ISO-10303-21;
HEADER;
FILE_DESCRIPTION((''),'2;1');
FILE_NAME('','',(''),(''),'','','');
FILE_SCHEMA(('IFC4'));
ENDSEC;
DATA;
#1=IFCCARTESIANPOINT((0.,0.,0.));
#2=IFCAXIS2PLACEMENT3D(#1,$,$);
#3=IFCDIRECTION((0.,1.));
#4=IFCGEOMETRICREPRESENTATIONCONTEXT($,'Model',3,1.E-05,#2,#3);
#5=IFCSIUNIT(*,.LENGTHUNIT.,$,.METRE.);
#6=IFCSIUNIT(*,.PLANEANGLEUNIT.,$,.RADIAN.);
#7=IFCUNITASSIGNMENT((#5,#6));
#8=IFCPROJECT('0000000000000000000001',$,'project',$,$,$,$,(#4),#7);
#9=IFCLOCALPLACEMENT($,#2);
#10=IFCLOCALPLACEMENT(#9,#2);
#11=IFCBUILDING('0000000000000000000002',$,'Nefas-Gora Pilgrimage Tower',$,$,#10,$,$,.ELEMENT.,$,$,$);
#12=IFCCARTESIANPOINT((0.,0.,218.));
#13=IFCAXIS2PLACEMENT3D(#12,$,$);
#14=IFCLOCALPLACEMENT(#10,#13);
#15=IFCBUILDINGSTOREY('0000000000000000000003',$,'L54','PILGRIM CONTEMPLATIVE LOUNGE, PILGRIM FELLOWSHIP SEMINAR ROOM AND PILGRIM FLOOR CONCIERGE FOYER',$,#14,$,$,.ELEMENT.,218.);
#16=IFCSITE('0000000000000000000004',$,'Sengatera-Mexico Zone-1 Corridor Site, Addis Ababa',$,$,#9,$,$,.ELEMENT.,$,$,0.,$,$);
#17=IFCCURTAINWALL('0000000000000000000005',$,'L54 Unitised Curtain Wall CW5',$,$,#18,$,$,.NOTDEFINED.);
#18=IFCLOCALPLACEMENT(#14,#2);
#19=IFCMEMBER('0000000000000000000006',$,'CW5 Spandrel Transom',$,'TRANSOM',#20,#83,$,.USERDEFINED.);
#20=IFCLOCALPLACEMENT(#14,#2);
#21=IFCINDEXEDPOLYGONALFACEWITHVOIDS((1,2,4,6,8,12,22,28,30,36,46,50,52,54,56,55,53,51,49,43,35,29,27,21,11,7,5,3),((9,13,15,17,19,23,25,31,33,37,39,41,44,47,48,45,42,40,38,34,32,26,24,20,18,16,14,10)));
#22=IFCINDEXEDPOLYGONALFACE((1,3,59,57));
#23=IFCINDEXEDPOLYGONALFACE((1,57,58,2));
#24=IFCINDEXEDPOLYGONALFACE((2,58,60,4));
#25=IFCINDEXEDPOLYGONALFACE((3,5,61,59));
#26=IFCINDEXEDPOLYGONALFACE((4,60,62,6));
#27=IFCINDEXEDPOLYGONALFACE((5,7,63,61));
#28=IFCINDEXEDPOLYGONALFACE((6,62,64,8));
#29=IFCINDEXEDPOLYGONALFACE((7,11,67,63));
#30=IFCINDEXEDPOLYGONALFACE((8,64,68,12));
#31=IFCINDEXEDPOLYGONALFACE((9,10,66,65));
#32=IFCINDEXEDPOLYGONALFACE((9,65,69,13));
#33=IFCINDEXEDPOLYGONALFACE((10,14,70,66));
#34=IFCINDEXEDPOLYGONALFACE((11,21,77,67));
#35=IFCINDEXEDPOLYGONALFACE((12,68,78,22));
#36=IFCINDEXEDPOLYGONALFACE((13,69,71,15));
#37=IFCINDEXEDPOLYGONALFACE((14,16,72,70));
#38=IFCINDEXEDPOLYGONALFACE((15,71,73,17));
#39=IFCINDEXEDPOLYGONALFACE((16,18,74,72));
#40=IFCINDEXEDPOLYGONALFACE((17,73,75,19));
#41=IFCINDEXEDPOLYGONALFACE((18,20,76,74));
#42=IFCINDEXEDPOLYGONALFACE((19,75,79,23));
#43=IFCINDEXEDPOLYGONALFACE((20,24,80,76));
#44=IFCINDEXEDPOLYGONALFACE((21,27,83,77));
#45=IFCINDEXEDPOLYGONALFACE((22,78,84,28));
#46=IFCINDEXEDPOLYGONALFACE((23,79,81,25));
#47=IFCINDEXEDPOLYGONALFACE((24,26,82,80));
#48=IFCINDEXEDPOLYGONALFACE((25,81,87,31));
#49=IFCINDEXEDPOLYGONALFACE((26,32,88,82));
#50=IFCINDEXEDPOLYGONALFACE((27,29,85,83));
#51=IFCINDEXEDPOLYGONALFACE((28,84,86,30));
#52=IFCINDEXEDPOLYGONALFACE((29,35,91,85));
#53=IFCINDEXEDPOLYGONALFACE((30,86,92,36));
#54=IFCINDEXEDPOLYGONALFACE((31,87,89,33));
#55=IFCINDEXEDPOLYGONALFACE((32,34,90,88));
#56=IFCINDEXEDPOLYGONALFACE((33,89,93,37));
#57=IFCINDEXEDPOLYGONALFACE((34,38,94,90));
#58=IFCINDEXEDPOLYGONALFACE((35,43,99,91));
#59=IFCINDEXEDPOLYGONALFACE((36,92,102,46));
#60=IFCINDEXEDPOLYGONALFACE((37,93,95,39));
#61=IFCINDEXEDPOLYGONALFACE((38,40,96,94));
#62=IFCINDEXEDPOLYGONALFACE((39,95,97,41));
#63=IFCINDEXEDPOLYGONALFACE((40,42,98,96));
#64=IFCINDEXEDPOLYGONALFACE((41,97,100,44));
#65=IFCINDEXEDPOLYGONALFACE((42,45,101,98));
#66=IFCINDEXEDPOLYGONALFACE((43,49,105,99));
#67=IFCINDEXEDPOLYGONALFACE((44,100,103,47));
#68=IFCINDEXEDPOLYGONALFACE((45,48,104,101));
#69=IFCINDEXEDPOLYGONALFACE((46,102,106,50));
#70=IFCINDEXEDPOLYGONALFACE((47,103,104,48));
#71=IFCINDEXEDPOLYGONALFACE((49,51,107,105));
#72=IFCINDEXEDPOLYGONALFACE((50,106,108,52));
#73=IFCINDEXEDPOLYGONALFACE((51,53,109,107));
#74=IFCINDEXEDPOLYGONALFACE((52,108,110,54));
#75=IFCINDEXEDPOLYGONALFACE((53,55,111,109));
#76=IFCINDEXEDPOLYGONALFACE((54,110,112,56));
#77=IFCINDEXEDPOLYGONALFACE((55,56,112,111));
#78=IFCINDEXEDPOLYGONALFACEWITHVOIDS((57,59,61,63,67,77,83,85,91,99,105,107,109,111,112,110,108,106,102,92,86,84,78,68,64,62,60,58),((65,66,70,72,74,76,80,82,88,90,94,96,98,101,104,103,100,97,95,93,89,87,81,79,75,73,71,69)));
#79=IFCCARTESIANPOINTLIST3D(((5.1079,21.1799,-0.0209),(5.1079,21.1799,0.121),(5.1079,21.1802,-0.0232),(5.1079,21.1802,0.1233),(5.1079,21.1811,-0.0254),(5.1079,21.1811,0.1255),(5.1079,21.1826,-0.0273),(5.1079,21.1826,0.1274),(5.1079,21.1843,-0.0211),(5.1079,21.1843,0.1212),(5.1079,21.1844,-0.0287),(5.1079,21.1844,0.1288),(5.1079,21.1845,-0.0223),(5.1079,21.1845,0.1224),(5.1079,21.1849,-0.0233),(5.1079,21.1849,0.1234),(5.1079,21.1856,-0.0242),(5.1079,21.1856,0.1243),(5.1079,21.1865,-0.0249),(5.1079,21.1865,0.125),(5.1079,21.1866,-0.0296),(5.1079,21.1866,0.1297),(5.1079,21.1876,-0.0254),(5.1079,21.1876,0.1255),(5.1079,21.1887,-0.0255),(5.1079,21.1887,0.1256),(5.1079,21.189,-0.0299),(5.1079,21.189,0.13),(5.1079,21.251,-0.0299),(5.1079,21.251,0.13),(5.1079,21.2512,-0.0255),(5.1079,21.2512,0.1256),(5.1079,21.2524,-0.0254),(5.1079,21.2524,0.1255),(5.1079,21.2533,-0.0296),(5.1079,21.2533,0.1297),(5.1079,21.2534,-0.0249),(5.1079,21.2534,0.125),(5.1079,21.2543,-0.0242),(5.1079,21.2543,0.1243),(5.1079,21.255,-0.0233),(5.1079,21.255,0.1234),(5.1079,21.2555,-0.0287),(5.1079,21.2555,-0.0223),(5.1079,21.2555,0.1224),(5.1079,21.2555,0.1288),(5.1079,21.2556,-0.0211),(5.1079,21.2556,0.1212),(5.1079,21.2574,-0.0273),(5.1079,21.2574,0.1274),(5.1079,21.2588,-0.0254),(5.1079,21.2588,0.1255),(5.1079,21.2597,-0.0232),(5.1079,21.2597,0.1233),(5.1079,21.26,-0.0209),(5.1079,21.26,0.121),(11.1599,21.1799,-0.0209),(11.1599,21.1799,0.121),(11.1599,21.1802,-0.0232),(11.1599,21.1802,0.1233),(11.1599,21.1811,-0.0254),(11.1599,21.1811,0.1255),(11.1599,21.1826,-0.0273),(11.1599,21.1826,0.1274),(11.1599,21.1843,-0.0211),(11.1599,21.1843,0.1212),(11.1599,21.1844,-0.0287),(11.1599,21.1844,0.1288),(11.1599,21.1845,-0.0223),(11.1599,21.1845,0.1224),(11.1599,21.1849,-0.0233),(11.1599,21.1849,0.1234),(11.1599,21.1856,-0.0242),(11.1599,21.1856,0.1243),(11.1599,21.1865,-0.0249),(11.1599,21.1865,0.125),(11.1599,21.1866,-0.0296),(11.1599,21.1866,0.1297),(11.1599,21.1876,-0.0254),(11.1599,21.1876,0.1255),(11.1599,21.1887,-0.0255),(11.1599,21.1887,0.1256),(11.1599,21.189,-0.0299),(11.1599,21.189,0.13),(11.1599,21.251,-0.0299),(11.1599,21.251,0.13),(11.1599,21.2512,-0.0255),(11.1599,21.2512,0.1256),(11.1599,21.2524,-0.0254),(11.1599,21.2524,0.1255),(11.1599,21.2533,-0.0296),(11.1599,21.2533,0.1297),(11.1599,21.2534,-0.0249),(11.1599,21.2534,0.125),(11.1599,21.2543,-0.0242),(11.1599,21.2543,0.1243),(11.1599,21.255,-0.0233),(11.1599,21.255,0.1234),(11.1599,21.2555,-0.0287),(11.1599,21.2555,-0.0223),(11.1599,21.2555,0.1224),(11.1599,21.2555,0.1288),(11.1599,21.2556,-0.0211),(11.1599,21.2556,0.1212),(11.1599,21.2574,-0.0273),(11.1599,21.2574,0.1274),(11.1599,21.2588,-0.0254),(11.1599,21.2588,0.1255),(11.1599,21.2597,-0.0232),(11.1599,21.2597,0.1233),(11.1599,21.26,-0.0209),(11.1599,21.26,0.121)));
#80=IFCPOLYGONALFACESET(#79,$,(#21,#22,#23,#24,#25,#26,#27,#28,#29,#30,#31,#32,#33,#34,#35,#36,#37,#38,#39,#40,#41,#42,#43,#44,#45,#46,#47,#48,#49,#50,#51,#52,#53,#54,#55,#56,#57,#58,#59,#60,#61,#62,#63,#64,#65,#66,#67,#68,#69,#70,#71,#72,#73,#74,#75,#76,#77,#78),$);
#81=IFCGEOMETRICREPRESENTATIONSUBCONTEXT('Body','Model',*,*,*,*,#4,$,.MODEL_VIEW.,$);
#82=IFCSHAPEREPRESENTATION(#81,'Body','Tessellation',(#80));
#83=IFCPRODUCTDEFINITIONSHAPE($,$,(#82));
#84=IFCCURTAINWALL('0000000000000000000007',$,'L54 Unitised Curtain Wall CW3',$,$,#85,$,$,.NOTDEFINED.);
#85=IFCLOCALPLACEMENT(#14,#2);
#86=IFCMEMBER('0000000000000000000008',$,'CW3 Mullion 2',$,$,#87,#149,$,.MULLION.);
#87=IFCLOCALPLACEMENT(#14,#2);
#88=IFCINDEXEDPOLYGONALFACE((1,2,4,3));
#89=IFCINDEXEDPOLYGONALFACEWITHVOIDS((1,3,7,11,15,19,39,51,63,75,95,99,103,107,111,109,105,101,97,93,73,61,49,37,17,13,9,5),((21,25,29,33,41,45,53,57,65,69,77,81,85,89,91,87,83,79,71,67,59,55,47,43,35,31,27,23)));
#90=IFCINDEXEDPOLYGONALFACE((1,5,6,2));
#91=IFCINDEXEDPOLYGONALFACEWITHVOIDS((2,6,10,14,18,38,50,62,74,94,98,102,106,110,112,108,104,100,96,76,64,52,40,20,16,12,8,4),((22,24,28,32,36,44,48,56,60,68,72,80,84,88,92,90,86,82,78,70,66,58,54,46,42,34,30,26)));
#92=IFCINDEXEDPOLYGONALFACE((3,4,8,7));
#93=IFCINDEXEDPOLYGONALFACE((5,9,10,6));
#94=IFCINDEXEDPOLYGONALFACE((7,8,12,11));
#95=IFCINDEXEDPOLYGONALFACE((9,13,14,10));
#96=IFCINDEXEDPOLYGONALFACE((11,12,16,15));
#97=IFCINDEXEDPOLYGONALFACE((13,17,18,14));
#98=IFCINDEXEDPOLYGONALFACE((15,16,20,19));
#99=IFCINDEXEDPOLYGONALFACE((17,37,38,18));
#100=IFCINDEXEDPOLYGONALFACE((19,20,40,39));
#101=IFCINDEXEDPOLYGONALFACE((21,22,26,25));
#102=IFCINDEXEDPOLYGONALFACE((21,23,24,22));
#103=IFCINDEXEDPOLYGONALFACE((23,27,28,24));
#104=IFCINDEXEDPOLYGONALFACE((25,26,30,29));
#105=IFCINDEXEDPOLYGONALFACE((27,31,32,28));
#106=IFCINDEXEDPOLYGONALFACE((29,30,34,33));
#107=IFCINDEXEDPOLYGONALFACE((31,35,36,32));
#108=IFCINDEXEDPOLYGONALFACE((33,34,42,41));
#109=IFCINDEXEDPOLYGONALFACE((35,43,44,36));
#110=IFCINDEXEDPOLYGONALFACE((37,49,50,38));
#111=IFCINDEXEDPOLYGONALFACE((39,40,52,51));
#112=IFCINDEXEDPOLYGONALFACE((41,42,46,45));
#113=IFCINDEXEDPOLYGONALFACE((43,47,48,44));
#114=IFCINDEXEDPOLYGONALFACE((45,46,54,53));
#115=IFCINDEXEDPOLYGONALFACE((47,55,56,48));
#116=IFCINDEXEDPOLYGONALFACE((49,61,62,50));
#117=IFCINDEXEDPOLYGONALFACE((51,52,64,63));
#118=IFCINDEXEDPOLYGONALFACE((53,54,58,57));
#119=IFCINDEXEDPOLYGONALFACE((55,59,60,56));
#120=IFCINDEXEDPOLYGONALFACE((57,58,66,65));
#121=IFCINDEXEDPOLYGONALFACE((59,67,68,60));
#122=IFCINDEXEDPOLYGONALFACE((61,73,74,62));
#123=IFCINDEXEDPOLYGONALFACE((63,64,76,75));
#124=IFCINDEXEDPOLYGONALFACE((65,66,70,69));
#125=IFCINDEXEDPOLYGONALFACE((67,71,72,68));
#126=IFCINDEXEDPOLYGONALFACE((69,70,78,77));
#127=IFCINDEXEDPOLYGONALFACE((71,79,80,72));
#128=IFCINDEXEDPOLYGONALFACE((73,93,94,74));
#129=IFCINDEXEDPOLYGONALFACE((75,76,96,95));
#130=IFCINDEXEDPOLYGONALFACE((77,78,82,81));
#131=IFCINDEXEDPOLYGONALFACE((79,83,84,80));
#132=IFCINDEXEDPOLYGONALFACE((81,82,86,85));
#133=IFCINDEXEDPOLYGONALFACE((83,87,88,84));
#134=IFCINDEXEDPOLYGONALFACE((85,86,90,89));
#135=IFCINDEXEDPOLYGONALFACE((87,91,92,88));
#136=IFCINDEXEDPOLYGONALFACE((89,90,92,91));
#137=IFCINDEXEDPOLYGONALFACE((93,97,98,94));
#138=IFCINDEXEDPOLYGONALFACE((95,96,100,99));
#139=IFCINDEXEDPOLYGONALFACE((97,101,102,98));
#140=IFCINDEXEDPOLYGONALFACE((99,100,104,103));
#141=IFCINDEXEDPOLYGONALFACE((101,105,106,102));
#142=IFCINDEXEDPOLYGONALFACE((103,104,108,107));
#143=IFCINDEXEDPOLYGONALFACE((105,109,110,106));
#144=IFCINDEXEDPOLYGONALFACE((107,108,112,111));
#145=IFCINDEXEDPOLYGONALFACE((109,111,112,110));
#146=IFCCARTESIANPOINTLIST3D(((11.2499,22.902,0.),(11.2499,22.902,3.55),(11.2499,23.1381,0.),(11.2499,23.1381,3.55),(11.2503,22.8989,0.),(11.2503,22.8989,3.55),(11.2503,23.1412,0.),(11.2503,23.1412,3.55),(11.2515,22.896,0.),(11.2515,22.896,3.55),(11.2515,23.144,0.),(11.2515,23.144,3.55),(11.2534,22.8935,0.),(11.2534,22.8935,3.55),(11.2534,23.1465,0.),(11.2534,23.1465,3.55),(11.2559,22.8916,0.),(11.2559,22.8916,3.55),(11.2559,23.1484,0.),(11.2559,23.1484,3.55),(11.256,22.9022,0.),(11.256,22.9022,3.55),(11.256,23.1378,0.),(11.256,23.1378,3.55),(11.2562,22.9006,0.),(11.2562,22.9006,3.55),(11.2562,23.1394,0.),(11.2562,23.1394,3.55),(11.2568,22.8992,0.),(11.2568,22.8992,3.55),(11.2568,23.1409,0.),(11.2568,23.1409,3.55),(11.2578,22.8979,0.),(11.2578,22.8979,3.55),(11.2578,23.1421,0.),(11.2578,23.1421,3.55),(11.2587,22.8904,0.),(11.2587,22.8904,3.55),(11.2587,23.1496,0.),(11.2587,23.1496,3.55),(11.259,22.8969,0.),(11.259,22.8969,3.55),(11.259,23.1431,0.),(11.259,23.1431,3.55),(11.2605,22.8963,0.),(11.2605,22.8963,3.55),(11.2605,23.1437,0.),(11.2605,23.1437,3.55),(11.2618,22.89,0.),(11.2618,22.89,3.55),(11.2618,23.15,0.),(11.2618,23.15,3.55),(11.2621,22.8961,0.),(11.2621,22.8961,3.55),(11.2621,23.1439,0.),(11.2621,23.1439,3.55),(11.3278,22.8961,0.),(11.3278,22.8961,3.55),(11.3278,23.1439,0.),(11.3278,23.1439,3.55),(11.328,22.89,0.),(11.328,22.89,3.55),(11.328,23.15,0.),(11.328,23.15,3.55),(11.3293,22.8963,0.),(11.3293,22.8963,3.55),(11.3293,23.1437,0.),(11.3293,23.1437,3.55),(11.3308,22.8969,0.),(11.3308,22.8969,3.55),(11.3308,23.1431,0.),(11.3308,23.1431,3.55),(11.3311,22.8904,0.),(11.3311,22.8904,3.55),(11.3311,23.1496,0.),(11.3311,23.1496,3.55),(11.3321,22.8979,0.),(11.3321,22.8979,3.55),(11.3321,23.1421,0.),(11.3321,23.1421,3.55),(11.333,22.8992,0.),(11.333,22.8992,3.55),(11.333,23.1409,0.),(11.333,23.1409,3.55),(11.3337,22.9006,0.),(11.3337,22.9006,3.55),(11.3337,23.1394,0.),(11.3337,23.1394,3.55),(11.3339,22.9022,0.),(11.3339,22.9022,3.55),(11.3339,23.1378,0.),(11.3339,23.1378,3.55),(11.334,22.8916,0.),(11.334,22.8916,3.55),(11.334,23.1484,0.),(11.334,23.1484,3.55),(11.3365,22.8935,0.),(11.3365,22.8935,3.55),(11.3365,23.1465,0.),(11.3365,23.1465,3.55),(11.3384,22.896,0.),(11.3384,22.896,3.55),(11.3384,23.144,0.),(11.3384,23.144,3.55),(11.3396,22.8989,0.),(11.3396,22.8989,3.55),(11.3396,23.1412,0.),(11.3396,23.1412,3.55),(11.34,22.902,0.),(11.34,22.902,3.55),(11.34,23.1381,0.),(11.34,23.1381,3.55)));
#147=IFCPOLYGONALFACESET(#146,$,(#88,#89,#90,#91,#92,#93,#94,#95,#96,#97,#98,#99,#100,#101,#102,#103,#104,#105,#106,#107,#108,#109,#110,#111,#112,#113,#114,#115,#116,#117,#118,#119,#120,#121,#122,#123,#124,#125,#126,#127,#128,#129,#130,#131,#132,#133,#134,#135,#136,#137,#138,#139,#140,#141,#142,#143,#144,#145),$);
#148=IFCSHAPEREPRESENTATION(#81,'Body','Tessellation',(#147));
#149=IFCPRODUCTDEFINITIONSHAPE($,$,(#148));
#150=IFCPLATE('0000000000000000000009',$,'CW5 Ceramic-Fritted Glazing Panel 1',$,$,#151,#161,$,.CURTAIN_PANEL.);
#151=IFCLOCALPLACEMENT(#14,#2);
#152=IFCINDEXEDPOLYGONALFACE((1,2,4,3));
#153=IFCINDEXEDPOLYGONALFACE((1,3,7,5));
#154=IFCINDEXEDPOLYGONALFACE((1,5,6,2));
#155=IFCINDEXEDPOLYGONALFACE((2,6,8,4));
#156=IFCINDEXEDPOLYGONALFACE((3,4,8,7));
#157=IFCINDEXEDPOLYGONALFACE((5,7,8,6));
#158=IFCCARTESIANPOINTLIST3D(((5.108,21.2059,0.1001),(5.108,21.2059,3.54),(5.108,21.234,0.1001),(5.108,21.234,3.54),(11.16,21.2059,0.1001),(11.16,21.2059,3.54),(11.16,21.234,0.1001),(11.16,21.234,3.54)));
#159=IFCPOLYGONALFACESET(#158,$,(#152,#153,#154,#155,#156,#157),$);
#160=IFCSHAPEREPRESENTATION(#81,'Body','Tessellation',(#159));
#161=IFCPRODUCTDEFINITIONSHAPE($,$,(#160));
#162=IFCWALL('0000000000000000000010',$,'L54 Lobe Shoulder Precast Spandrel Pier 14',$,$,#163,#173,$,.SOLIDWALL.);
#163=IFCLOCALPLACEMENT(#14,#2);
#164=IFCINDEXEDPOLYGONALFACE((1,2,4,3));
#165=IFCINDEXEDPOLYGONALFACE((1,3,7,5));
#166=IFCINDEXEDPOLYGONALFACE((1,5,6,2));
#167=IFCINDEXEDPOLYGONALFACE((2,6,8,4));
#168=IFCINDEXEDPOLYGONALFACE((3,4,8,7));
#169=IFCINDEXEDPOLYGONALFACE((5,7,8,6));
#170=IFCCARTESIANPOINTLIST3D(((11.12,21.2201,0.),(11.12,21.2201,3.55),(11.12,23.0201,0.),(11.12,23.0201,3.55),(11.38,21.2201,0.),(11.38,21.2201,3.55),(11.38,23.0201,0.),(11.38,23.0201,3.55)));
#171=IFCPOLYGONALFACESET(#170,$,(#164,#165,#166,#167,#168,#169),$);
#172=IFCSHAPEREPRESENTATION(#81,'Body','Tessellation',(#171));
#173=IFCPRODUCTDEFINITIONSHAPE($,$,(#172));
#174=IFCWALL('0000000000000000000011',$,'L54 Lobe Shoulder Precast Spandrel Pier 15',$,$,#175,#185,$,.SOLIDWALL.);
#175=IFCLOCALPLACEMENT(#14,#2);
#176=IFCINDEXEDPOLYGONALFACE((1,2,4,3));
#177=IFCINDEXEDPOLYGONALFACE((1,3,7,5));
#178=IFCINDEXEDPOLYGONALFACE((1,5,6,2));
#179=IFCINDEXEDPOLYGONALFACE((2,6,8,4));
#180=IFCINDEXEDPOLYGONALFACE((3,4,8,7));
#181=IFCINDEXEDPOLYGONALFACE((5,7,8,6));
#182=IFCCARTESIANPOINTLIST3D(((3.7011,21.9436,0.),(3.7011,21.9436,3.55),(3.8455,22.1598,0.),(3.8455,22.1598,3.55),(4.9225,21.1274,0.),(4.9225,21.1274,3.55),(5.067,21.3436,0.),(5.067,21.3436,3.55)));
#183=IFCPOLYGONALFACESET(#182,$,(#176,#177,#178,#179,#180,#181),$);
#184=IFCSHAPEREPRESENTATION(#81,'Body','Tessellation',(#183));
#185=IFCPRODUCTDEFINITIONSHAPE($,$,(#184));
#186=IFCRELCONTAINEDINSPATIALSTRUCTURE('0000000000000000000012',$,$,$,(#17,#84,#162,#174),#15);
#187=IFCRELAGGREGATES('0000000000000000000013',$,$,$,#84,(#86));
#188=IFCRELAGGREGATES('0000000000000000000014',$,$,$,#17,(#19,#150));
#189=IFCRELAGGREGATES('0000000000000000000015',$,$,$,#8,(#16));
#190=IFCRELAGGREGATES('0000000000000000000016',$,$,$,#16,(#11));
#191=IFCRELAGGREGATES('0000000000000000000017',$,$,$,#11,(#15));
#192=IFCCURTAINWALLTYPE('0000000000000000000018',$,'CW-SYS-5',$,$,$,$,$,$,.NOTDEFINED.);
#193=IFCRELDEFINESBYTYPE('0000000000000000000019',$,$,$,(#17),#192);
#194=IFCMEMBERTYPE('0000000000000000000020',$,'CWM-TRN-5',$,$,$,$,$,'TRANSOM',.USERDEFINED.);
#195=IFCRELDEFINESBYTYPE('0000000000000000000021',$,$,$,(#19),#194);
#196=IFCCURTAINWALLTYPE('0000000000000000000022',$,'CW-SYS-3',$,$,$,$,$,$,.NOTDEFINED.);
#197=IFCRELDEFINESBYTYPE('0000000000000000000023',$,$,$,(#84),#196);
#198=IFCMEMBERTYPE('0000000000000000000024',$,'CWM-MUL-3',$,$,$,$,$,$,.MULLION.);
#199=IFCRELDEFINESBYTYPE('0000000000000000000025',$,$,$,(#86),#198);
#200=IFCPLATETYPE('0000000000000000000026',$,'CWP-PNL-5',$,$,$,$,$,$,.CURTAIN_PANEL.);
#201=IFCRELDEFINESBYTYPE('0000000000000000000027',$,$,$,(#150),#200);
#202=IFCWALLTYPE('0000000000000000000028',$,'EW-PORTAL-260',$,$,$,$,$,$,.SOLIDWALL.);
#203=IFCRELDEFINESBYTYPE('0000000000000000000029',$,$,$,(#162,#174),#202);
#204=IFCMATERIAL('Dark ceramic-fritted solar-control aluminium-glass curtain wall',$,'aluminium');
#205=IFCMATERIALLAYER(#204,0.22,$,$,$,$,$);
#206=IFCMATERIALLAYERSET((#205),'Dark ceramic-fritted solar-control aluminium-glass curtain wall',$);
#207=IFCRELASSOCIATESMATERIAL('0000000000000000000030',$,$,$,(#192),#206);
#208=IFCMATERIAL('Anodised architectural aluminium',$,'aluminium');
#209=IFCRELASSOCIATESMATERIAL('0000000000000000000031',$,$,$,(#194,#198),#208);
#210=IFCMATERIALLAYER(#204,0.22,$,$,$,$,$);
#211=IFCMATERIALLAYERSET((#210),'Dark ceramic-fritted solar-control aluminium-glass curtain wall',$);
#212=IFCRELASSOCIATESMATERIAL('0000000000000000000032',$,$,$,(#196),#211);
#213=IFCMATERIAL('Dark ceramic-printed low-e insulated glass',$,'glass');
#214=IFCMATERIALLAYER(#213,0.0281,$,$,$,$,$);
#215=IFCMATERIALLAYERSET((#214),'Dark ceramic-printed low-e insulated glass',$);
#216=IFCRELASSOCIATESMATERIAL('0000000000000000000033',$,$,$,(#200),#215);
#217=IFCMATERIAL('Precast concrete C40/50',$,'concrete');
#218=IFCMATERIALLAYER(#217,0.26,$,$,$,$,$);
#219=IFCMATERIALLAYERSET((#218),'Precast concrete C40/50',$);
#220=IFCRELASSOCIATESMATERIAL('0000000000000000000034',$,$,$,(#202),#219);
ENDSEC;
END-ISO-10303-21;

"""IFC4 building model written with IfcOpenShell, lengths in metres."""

from ifc_helpers import new_model, si_unit, direction, frame, frame_2d, origin, origin_2d, place, context, subcontext, project, spatial, rectangle, hollow_rectangle, extrude, source, transform, mapped, material, layer, layer_set, material_profile, profile_set, type_object, element, aggregate, save


model = new_model("IFC4")

# Units and contexts
model_context = context("Model", 3, precision=1e-05, world=origin(), true_north=direction((0.0, 1.0)))
body_context = subcontext(model_context, "Body", "Model", "MODEL_VIEW")
ifc_project = project(units=[si_unit("LENGTHUNIT", "METRE"), si_unit("PLANEANGLEUNIT", "RADIAN")], contexts=[model_context])

# Site, building, storey
site_placement = place(None, origin())
site = spatial("IfcSite", under=ifc_project, at=site_placement, Name="Sengatera-Mexico Zone-1 Corridor Site, Addis Ababa", CompositionType="ELEMENT", RefElevation=0.0)
building_placement = place(site_placement, origin())
building = spatial("IfcBuilding", under=site, at=building_placement, Name="Nefas-Gora Pilgrimage Tower", CompositionType="ELEMENT")
storey_placement = place(building_placement, frame((0.0, 0.0, 218.0)))
storey = spatial("IfcBuildingStorey", under=building, at=storey_placement, Name="L54", Description="PILGRIM CONTEMPLATIVE LOUNGE, PILGRIM FELLOWSHIP SEMINAR ROOM AND PILGRIM FLOOR CONCIERGE FOYER", CompositionType="ELEMENT", Elevation=218.0)

# Curtain wall, member
ifc_material_1 = material(Name="Dark ceramic-fritted solar-control aluminium-glass curtain wall", Category="aluminium")
ifc_layer_1 = layer(ifc_material_1, 0.22)
ifc_layer_set_1 = layer_set([ifc_layer_1], Name="Dark ceramic-fritted solar-control aluminium-glass curtain wall")
curtain_wall_type_1 = type_object("IfcCurtainWallType", Name="CW-SYS-5", PredefinedType="NOTDEFINED", material=ifc_layer_set_1)
curtain_wall_1_placement = place(storey_placement, origin())
curtain_wall_1 = element("IfcCurtainWall", 1, at=curtain_wall_1_placement, inside=storey, type_object=curtain_wall_type_1, Name="L54 Unitised Curtain Wall CW5", PredefinedType="NOTDEFINED")
ifc_material_2 = material(Name="Anodised architectural aluminium", Category="aluminium")
ifc_material_profile_1 = material_profile(ifc_material_2, hollow_rectangle(XDim=0.0801, YDim=0.1599, WallThickness=0.0044, InnerFilletRadius=0.0044, OuterFilletRadius=0.009, at=origin_2d()), Name="ALU TRANSOM 80x160")
ifc_profile_set_1 = profile_set([ifc_material_profile_1], Name="Anodised architectural aluminium")
member_type_1 = type_object("IfcMemberType", Name="CWM-TRN-5", ElementType="TRANSOM", PredefinedType="USERDEFINED", material=ifc_profile_set_1)
shared_shape_1 = source(origin(), body_context, "Body", "SweptSolid", [
    extrude(hollow_rectangle(XDim=0.0801, YDim=0.1599, WallThickness=0.0044, InnerFilletRadius=0.0044, OuterFilletRadius=0.009, at=origin_2d()), origin(), (0.0, 0.0, 1.0), 6.052),
])
member_1_placement = place(storey_placement, frame((11.1599, 21.22, 0.05), z_axis=(-1.0, 0.0, 0.0), x_axis=(0.0, -1.0, 0.0)))
member_1 = element("IfcMember", 2, at=member_1_placement, type_object=member_type_1, Name="CW5 Spandrel Transom", ObjectType="TRANSOM", PredefinedType="USERDEFINED", context=body_context, shape_type="MappedRepresentation", body=[
    mapped(shared_shape_1, transform((0.0, 0.0, 0.0), x_axis=(1.0, 0.0, 0.0), y_axis=(0.0, 1.0, 0.0), z_axis=(0.0, 0.0, 1.0), scale=1.0)),
])

# Curtain wall, member
ifc_layer_2 = layer(ifc_material_1, 0.22)
ifc_layer_set_2 = layer_set([ifc_layer_2], Name="Dark ceramic-fritted solar-control aluminium-glass curtain wall")
curtain_wall_type_2 = type_object("IfcCurtainWallType", Name="CW-SYS-3", PredefinedType="NOTDEFINED", material=ifc_layer_set_2)
curtain_wall_2_placement = place(storey_placement, origin())
curtain_wall_2 = element("IfcCurtainWall", 3, at=curtain_wall_2_placement, inside=storey, type_object=curtain_wall_type_2, Name="L54 Unitised Curtain Wall CW3", PredefinedType="NOTDEFINED")
ifc_material_profile_2 = material_profile(ifc_material_2, hollow_rectangle(XDim=0.0901, YDim=0.26, WallThickness=0.0061, InnerFilletRadius=0.0061, OuterFilletRadius=0.012, at=origin_2d()), Name="ALU MULLION 90x260")
ifc_profile_set_2 = profile_set([ifc_material_profile_2], Name="Anodised architectural aluminium")
member_type_2 = type_object("IfcMemberType", Name="CWM-MUL-3", PredefinedType="MULLION", material=ifc_profile_set_2)
shared_shape_2 = source(origin(), body_context, "Body", "SweptSolid", [
    extrude(hollow_rectangle(XDim=0.0901, YDim=0.26, WallThickness=0.0061, InnerFilletRadius=0.0061, OuterFilletRadius=0.012, at=origin_2d()), origin(), (0.0, 0.0, 1.0), 3.55),
])
member_2_placement = place(storey_placement, frame((11.2949, 23.02, 0.0), z_axis=(0.0, 0.0, 1.0), x_axis=(-1.0, 0.0, 0.0)))
member_2 = element("IfcMember", 4, at=member_2_placement, type_object=member_type_2, Name="CW3 Mullion 2", PredefinedType="MULLION", context=body_context, shape_type="MappedRepresentation", body=[
    mapped(shared_shape_2, transform((0.0, 0.0, 0.0), x_axis=(1.0, 0.0, 0.0), y_axis=(0.0, 1.0, 0.0), z_axis=(0.0, 0.0, 1.0), scale=1.0)),
])
aggregate(curtain_wall_2, [member_2])

# Plate
ifc_material_3 = material(Name="Dark ceramic-printed low-e insulated glass", Category="glass")
ifc_layer_3 = layer(ifc_material_3, 0.0281)
ifc_layer_set_3 = layer_set([ifc_layer_3], Name="Dark ceramic-printed low-e insulated glass")
plate_type = type_object("IfcPlateType", Name="CWP-PNL-5", PredefinedType="CURTAIN_PANEL", material=ifc_layer_set_3)
shared_shape_3 = source(origin(), body_context, "Body", "SweptSolid", [
    extrude(rectangle(XDim=6.052, YDim=0.0281, at=origin_2d()), origin(), (0.0, 0.0, 1.0), 3.4399),
])
plate_placement = place(storey_placement, frame((8.134, 21.22, 0.1001), z_axis=(0.0, 0.0, 1.0), x_axis=(-1.0, 0.0, 0.0)))
plate = element("IfcPlate", 5, at=plate_placement, type_object=plate_type, Name="CW5 Ceramic-Fritted Glazing Panel 1", PredefinedType="CURTAIN_PANEL", context=body_context, shape_type="MappedRepresentation", body=[
    mapped(shared_shape_3, transform((0.0, 0.0, 0.0), x_axis=(1.0, 0.0, 0.0), y_axis=(0.0, 1.0, 0.0), z_axis=(0.0, 0.0, 1.0), scale=1.0)),
])
aggregate(curtain_wall_1, [member_1, plate])

# Walls
ifc_material_4 = material(Name="Precast concrete C40/50", Category="concrete")
ifc_layer_4 = layer(ifc_material_4, 0.26)
ifc_layer_set_4 = layer_set([ifc_layer_4], Name="Precast concrete C40/50")
wall_type_1 = type_object("IfcWallType", Name="EW-PORTAL-260", PredefinedType="SOLIDWALL", material=ifc_layer_set_4)
shared_shape_4 = source(origin(), body_context, "Body", "SweptSolid", [
    extrude(rectangle(XDim=1.8, YDim=0.26, at=frame_2d((0.8999, 0.0))), origin(), (0.0, 0.0, 1.0), 3.55),
])
wall_1_placement = place(storey_placement, frame((11.25, 23.02, 0.0), z_axis=(0.0, 0.0, 1.0), x_axis=(0.0, -1.0, 0.0)))
element("IfcWall", 6, at=wall_1_placement, inside=storey, type_object=wall_type_1, Name="L54 Lobe Shoulder Precast Spandrel Pier 14", PredefinedType="SOLIDWALL", context=body_context, shape_type="MappedRepresentation", body=[
    mapped(shared_shape_4, transform((0.0, 0.0, 0.0), x_axis=(1.0, 0.0, 0.0), y_axis=(0.0, 1.0, 0.0), z_axis=(0.0, 0.0, 1.0), scale=1.0)),
])
shared_shape_5 = source(origin(), body_context, "Body", "SweptSolid", [
    extrude(rectangle(XDim=1.469, YDim=0.26, at=frame_2d((0.7344, 0.0))), origin(), (0.0, 0.0, 1.0), 3.55),
])
wall_2_placement = place(storey_placement, frame((4.9946, 21.2356, 0.0), z_axis=(0.0, 0.0, 1.0), x_axis=(-0.831462, 0.555582, 0.0)))
element("IfcWall", 7, at=wall_2_placement, inside=storey, type_object=wall_type_1, Name="L54 Lobe Shoulder Precast Spandrel Pier 15", PredefinedType="SOLIDWALL", context=body_context, shape_type="MappedRepresentation", body=[
    mapped(shared_shape_5, transform((0.0, 0.0, 0.0), x_axis=(1.0, 0.0, 0.0), y_axis=(0.0, 1.0, 0.0), z_axis=(0.0, 0.0, 1.0), scale=1.0)),
])

save(model, "model.ifc")
